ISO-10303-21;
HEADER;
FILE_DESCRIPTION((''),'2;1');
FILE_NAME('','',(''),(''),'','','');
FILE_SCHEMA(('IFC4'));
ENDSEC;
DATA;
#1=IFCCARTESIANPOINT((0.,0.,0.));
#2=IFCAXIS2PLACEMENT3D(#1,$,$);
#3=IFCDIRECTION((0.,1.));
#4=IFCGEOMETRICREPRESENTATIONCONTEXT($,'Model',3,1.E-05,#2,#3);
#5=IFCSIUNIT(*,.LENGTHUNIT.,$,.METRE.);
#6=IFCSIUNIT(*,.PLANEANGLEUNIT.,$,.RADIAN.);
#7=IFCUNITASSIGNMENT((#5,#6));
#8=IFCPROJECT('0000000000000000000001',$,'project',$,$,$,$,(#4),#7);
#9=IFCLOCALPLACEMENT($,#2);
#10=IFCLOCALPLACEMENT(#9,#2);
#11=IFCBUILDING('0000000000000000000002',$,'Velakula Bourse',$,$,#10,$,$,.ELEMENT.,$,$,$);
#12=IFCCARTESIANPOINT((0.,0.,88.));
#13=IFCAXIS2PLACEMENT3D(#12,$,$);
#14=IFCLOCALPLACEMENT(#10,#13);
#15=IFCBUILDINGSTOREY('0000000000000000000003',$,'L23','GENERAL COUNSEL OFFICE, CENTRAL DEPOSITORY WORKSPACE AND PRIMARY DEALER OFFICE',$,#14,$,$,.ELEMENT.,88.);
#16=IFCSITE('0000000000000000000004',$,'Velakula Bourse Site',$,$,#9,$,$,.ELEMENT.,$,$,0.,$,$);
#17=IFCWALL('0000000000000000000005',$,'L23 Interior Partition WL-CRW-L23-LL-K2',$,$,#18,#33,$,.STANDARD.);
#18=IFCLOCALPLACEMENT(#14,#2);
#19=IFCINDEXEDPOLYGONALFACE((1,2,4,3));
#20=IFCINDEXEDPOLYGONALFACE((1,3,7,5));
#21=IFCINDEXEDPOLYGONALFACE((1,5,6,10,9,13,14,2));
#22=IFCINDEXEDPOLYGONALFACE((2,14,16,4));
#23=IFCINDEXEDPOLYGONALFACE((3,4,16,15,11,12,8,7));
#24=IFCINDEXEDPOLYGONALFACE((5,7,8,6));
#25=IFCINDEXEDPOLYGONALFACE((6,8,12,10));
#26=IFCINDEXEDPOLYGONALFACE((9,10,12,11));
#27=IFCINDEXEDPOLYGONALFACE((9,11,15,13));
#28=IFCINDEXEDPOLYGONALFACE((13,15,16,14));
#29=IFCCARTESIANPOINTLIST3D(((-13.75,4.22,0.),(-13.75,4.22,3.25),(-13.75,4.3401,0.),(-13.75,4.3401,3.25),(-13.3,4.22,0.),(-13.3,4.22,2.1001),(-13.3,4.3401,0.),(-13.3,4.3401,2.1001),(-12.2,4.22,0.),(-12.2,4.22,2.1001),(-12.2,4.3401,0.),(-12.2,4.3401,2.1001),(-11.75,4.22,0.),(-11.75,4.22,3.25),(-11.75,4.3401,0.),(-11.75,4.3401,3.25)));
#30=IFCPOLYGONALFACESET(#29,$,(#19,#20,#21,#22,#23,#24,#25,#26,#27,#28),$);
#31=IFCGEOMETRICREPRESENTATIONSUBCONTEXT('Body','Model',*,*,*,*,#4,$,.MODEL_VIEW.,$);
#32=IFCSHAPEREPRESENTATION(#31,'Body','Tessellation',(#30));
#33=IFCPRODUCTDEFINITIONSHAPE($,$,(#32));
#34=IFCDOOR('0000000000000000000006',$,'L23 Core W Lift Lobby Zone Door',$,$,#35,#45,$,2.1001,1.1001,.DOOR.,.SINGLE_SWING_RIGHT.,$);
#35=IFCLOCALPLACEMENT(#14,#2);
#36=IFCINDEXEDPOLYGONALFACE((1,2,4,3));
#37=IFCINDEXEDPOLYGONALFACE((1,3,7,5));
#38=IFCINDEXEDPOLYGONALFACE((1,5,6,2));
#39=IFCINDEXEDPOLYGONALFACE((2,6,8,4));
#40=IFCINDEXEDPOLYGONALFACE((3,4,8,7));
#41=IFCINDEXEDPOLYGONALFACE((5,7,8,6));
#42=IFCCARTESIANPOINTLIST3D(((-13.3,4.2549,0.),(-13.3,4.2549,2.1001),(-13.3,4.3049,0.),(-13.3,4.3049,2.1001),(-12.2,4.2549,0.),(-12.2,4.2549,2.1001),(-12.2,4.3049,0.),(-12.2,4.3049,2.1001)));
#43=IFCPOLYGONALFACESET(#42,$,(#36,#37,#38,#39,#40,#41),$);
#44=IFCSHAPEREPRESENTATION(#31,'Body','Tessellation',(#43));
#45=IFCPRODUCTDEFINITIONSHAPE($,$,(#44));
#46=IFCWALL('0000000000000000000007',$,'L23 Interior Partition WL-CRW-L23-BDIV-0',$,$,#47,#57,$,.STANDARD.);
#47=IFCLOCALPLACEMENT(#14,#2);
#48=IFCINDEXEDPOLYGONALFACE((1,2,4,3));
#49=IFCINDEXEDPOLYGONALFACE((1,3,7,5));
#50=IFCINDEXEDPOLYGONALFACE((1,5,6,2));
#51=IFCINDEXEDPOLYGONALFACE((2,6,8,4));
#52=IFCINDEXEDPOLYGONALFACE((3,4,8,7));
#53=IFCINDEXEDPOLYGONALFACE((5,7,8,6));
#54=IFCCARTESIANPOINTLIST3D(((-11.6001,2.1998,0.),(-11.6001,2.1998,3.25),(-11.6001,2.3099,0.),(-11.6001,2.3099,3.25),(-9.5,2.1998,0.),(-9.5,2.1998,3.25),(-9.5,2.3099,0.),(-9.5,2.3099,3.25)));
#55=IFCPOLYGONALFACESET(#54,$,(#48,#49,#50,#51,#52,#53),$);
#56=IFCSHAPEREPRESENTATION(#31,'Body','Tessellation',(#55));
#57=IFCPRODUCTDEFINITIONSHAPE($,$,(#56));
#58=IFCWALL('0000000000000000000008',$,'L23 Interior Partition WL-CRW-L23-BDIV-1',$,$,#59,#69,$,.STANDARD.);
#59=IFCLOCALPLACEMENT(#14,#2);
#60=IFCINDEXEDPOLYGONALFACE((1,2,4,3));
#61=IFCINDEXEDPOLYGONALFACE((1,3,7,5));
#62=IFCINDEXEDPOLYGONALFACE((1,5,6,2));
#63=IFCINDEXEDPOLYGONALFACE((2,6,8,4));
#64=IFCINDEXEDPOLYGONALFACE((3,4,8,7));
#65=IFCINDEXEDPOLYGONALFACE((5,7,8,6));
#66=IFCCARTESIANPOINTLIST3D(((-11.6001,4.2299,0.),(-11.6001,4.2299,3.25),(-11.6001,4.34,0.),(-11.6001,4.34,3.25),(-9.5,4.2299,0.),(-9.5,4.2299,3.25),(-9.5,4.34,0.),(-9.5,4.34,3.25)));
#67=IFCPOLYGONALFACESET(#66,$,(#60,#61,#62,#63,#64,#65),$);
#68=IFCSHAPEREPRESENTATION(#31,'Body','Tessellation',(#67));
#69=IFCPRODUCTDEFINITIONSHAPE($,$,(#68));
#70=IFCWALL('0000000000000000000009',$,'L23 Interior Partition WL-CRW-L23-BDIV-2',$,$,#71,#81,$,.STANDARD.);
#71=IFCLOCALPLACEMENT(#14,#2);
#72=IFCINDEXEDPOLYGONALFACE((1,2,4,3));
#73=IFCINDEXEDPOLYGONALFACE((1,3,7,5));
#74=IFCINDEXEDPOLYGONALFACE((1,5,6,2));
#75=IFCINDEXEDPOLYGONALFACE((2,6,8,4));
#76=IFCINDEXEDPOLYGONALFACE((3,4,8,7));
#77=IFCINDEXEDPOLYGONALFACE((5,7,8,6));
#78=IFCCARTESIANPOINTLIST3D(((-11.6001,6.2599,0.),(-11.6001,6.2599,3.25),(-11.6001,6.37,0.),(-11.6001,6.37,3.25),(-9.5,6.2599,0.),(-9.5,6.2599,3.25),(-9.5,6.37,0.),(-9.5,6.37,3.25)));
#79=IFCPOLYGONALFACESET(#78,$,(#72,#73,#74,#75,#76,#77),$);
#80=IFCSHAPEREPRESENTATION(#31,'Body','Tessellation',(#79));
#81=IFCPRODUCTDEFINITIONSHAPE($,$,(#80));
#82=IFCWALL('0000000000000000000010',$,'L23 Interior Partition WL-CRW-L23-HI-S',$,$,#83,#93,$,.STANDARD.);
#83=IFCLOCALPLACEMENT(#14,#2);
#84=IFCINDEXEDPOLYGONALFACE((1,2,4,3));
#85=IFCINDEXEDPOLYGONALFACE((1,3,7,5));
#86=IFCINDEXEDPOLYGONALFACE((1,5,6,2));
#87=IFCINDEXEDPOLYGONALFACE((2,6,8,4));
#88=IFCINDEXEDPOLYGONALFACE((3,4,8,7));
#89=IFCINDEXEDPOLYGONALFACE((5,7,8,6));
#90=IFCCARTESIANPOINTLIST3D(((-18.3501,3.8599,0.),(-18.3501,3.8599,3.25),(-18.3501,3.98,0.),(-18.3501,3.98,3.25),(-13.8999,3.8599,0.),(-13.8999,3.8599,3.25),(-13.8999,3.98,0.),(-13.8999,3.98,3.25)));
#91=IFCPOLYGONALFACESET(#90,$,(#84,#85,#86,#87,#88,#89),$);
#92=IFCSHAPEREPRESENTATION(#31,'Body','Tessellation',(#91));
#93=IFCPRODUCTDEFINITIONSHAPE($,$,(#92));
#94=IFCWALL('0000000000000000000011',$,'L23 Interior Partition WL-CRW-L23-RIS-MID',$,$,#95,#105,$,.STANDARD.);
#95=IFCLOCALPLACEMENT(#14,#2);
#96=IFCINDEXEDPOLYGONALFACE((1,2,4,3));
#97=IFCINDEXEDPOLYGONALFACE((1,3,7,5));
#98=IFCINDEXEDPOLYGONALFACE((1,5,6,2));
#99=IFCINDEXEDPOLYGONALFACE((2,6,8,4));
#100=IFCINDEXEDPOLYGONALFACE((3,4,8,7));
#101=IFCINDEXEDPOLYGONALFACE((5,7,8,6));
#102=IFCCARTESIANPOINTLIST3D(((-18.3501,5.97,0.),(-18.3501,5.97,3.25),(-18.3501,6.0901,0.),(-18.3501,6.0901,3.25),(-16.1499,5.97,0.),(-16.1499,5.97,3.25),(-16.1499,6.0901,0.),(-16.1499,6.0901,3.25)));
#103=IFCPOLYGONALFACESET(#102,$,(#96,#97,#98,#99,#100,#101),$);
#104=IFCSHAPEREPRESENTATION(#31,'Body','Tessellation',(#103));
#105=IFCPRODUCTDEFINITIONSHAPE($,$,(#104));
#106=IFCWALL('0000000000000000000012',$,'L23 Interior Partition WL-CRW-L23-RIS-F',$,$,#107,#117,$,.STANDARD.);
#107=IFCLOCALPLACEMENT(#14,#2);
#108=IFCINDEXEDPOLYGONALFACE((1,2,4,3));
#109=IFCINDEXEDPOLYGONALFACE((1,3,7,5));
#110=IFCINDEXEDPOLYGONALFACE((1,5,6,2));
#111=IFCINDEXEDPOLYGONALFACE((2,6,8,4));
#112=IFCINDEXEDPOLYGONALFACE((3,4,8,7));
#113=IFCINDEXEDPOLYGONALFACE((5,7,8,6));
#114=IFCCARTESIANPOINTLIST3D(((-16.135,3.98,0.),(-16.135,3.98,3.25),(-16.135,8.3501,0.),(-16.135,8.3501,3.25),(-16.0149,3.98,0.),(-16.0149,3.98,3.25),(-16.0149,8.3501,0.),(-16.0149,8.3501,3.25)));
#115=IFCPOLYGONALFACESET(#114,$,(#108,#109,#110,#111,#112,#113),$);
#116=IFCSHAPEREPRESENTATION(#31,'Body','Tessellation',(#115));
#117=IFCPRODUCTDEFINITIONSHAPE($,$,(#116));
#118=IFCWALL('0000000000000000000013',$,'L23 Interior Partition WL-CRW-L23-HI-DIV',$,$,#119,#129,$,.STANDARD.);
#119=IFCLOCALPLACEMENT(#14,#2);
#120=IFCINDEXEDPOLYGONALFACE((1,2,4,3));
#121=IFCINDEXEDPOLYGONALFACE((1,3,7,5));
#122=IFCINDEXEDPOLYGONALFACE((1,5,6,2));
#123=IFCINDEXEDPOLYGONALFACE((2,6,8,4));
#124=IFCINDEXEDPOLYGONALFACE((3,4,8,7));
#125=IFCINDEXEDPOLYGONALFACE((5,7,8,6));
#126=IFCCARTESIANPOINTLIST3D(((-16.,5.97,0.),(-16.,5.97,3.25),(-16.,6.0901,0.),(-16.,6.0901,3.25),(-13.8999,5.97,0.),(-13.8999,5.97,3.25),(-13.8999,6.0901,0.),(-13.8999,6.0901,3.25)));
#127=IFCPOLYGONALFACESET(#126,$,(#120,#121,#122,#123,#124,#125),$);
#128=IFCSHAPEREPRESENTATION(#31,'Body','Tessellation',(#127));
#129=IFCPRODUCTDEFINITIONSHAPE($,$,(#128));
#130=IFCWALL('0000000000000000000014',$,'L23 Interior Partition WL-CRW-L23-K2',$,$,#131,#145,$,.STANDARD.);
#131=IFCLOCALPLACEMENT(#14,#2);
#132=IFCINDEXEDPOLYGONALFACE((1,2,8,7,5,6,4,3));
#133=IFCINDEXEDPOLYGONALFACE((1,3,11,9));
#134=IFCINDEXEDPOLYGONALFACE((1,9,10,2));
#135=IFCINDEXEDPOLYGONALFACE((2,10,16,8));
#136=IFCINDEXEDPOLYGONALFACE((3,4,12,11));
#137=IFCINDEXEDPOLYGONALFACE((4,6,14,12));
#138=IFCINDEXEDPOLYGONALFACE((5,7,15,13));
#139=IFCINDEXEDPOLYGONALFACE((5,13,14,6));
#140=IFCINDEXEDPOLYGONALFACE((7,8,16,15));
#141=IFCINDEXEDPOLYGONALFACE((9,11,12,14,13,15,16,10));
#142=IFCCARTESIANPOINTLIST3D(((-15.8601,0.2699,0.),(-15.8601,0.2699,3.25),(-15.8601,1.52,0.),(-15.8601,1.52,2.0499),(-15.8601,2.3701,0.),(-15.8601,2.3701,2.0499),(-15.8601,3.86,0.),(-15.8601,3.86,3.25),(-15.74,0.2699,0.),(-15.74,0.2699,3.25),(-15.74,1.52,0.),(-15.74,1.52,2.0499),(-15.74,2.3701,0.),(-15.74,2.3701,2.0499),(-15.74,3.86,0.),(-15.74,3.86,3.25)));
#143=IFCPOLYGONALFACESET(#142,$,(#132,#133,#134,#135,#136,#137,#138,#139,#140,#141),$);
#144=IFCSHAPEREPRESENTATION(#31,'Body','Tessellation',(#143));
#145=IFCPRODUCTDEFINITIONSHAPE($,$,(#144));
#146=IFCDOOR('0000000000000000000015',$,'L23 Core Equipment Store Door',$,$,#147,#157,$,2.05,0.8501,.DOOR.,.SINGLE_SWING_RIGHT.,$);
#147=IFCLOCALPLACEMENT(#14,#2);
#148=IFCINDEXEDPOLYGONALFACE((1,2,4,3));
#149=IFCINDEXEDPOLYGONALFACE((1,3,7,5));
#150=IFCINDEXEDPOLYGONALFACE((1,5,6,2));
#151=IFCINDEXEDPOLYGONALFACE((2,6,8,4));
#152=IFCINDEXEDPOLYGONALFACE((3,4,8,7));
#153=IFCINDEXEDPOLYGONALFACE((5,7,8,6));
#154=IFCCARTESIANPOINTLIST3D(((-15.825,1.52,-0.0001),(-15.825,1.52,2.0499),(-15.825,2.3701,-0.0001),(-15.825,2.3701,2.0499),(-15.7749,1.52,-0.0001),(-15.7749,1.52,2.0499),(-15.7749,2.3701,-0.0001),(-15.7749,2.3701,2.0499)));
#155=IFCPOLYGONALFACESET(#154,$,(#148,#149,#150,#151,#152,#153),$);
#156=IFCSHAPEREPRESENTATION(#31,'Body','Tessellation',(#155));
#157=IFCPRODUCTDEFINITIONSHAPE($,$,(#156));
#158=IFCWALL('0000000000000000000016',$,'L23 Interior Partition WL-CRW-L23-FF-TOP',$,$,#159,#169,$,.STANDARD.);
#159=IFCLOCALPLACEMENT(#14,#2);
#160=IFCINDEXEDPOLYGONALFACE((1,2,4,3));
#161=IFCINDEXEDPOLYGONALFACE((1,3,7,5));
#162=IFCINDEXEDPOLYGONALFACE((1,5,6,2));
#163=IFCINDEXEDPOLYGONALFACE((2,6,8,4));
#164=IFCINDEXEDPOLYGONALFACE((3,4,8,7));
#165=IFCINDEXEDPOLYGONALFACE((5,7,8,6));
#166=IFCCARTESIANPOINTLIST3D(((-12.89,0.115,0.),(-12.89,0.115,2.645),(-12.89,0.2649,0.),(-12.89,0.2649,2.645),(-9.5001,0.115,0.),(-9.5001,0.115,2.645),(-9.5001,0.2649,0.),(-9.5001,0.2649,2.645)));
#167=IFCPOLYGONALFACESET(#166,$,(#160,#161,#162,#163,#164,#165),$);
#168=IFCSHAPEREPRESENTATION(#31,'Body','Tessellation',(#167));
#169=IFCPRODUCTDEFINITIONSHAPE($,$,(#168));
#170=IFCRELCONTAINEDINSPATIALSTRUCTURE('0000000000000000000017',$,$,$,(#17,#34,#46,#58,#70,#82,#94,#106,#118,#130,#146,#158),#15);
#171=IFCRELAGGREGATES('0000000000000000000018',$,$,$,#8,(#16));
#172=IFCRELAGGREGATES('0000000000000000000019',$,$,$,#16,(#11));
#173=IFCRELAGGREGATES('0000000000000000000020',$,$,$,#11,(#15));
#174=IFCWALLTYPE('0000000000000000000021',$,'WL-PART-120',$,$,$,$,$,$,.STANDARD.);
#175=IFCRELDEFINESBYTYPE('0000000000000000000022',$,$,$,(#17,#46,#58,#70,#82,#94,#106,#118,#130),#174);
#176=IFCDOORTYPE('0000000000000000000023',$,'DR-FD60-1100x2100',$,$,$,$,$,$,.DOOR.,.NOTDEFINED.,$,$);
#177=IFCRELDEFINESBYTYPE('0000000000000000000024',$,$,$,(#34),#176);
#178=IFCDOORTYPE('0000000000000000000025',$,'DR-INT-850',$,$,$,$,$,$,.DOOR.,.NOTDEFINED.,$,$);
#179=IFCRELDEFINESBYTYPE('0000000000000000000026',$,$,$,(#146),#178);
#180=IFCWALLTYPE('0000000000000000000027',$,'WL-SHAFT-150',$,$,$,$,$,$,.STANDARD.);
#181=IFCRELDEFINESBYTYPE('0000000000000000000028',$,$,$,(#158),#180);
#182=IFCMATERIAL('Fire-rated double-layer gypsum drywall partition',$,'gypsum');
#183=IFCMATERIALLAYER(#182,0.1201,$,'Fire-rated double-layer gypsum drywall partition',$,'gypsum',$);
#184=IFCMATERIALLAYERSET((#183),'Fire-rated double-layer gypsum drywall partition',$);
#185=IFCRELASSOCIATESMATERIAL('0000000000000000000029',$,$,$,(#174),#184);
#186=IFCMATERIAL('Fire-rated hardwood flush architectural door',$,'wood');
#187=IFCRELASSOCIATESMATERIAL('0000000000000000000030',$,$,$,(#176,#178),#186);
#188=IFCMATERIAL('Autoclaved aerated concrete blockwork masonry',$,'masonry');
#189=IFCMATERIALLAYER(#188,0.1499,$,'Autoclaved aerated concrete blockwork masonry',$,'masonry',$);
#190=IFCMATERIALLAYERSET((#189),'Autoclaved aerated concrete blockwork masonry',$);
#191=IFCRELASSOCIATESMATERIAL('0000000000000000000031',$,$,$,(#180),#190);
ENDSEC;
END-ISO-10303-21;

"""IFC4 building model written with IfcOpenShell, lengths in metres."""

from ifc_helpers import new_model, si_unit, direction, frame, frame_2d, origin, place, context, subcontext, project, spatial, rectangle, extrude, material, layer, layer_set, type_object, element, fill, save


model = new_model("IFC4")

# Units and contexts
model_context = context("Model", 3, precision=1e-05, world=origin(), true_north=direction((0.0, 1.0)))
body_context = subcontext(model_context, "Body", "Model", "MODEL_VIEW")
ifc_project = project(units=[si_unit("LENGTHUNIT", "METRE"), si_unit("PLANEANGLEUNIT", "RADIAN")], contexts=[model_context])

# Site, building, storey
site_placement = place(None, origin())
site = spatial("IfcSite", under=ifc_project, at=site_placement, Name="Velakula Bourse Site", CompositionType="ELEMENT", RefElevation=0.0)
building_placement = place(site_placement, origin())
building = spatial("IfcBuilding", under=site, at=building_placement, Name="Velakula Bourse", CompositionType="ELEMENT")
storey_placement = place(building_placement, frame((0.0, 0.0, 88.0)))
storey = spatial("IfcBuildingStorey", under=building, at=storey_placement, Name="L23", Description="GENERAL COUNSEL OFFICE, CENTRAL DEPOSITORY WORKSPACE AND PRIMARY DEALER OFFICE", CompositionType="ELEMENT", Elevation=88.0)

# Wall, opening, door
ifc_material_1 = material(Name="Fire-rated double-layer gypsum drywall partition", Category="gypsum")
ifc_layer_1 = layer(ifc_material_1, 0.1201, Name="Fire-rated double-layer gypsum drywall partition", Category="gypsum")
ifc_layer_set_1 = layer_set([ifc_layer_1], Name="Fire-rated double-layer gypsum drywall partition")
wall_type_1 = type_object("IfcWallType", Name="WL-PART-120", PredefinedType="STANDARD", material=ifc_layer_set_1)
wall_1_placement = place(storey_placement, frame((-13.75, 4.28, 0.0), z_axis=(0.0, 0.0, 1.0), x_axis=(1.0, 0.0, 0.0)))
wall_1 = element("IfcWall", 1, at=wall_1_placement, inside=storey, type_object=wall_type_1, Name="L23 Interior Partition WL-CRW-L23-LL-K2", PredefinedType="STANDARD", context=body_context, shape_type="SweptSolid", body=[
    extrude(rectangle(XDim=2.0, YDim=0.1201, at=frame_2d((1.0, 0.0))), origin(), (0.0, 0.0, 1.0), 3.25),
])
opening_1_placement = place(wall_1_placement, frame((0.45, 0.0, 0.0)))
opening_1 = element("IfcOpeningElement", 2, at=opening_1_placement, cuts=wall_1, PredefinedType="OPENING", context=body_context, shape_type="SweptSolid", body=[
    extrude(rectangle(XDim=1.1001, YDim=2.1001, at=frame_2d((0.55, 1.05))), frame((0.0, 0.0701, 0.0), z_axis=(0.0, -1.0, 0.0), x_axis=(1.0, 0.0, 0.0)), (0.0, 0.0, 1.0), 0.1401),
])
ifc_material_2 = material(Name="Fire-rated hardwood flush architectural door", Category="wood")
door_type_1 = type_object("IfcDoorType", Name="DR-FD60-1100x2100", OperationType="NOTDEFINED", PredefinedType="DOOR", material=ifc_material_2)
door_1_placement = place(opening_1_placement, origin())
door_1 = element("IfcDoor", 3, at=door_1_placement, inside=storey, type_object=door_type_1, Name="L23 Core W Lift Lobby Zone Door", OperationType="SINGLE_SWING_RIGHT", OverallHeight=2.1001, OverallWidth=1.1001, PredefinedType="DOOR", context=body_context, shape_type="SweptSolid", body=[
    extrude(rectangle(XDim=1.1001, YDim=2.1001, at=frame_2d((0.55, 1.05))), frame((0.0, 0.0249, 0.0), z_axis=(0.0, -1.0, 0.0), x_axis=(1.0, 0.0, 0.0)), (0.0, 0.0, 1.0), 0.05),
])
fill(opening_1, door_1)

# Walls
for number, where, z_axis, x_axis, name in (
    (4, (-11.6001, 2.2549, 0.0), (0.0, 0.0, 1.0), (1.0, 0.0, 0.0), "L23 Interior Partition WL-CRW-L23-BDIV-0"),
    (5, (-11.6001, 4.2849, 0.0), (0.0, 0.0, 1.0), (1.0, 0.0, 0.0), "L23 Interior Partition WL-CRW-L23-BDIV-1"),
    (6, (-11.6001, 6.3149, 0.0), (0.0, 0.0, 1.0), (1.0, 0.0, 0.0), "L23 Interior Partition WL-CRW-L23-BDIV-2"),
):
    element("IfcWall", number, at=place(storey_placement, frame(where, z_axis=z_axis, x_axis=x_axis)), inside=storey, type_object=wall_type_1, Name=name, PredefinedType="STANDARD", context=body_context, shape_type="SweptSolid", body=[
        extrude(rectangle(XDim=2.1001, YDim=0.1101, at=frame_2d((1.05, 0.0))), origin(), (0.0, 0.0, 1.0), 3.25),
    ])
wall_2_placement = place(storey_placement, frame((-18.3501, 3.9199, 0.0), z_axis=(0.0, 0.0, 1.0), x_axis=(1.0, 0.0, 0.0)))
element("IfcWall", 7, at=wall_2_placement, inside=storey, type_object=wall_type_1, Name="L23 Interior Partition WL-CRW-L23-HI-S", PredefinedType="STANDARD", context=body_context, shape_type="SweptSolid", body=[
    extrude(rectangle(XDim=4.4502, YDim=0.1201, at=frame_2d((2.2251, 0.0))), origin(), (0.0, 0.0, 1.0), 3.25),
])
wall_3_placement = place(storey_placement, frame((-18.3501, 6.03, 0.0), z_axis=(0.0, 0.0, 1.0), x_axis=(1.0, 0.0, 0.0)))
element("IfcWall", 8, at=wall_3_placement, inside=storey, type_object=wall_type_1, Name="L23 Interior Partition WL-CRW-L23-RIS-MID", PredefinedType="STANDARD", context=body_context, shape_type="SweptSolid", body=[
    extrude(rectangle(XDim=2.2002, YDim=0.1201, at=frame_2d((1.1001, 0.0))), origin(), (0.0, 0.0, 1.0), 3.25),
])
wall_4_placement = place(storey_placement, frame((-16.075, 3.98, 0.0), z_axis=(0.0, 0.0, 1.0), x_axis=(0.0, 1.0, 0.0)))
element("IfcWall", 9, at=wall_4_placement, inside=storey, type_object=wall_type_1, Name="L23 Interior Partition WL-CRW-L23-RIS-F", PredefinedType="STANDARD", context=body_context, shape_type="SweptSolid", body=[
    extrude(rectangle(XDim=4.3701, YDim=0.1201, at=frame_2d((2.1851, 0.0))), origin(), (0.0, 0.0, 1.0), 3.25),
])
wall_5_placement = place(storey_placement, frame((-16.0, 6.03, 0.0), z_axis=(0.0, 0.0, 1.0), x_axis=(1.0, 0.0, 0.0)))
element("IfcWall", 10, at=wall_5_placement, inside=storey, type_object=wall_type_1, Name="L23 Interior Partition WL-CRW-L23-HI-DIV", PredefinedType="STANDARD", context=body_context, shape_type="SweptSolid", body=[
    extrude(rectangle(XDim=2.1001, YDim=0.1201, at=frame_2d((1.05, 0.0))), origin(), (0.0, 0.0, 1.0), 3.25),
])

# Wall, opening, door
wall_6_placement = place(storey_placement, frame((-15.8, 0.27, 0.0), z_axis=(0.0, 0.0, 1.0), x_axis=(0.0, 1.0, 0.0)))
wall_6 = element("IfcWall", 11, at=wall_6_placement, inside=storey, type_object=wall_type_1, Name="L23 Interior Partition WL-CRW-L23-K2", PredefinedType="STANDARD", context=body_context, shape_type="SweptSolid", body=[
    extrude(rectangle(XDim=3.5901, YDim=0.1201, at=frame_2d((1.7949, 0.0))), origin(), (0.0, 0.0, 1.0), 3.25),
])
opening_2_placement = place(wall_6_placement, frame((1.25, 0.0, 0.0)))
opening_2 = element("IfcOpeningElement", 12, at=opening_2_placement, cuts=wall_6, PredefinedType="OPENING", context=body_context, shape_type="SweptSolid", body=[
    extrude(rectangle(XDim=0.8501, YDim=2.05, at=frame_2d((0.425, 1.0249))), frame((0.0, 0.0701, 0.0), z_axis=(0.0, -1.0, 0.0), x_axis=(1.0, 0.0, 0.0)), (0.0, 0.0, 1.0), 0.1401),
])
door_type_2 = type_object("IfcDoorType", Name="DR-INT-850", OperationType="NOTDEFINED", PredefinedType="DOOR", material=ifc_material_2)
door_2_placement = place(opening_2_placement, origin())
door_2 = element("IfcDoor", 13, at=door_2_placement, inside=storey, type_object=door_type_2, Name="L23 Core Equipment Store Door", OperationType="SINGLE_SWING_RIGHT", OverallHeight=2.05, OverallWidth=0.8501, PredefinedType="DOOR", context=body_context, shape_type="SweptSolid", body=[
    extrude(rectangle(XDim=0.8501, YDim=2.05, at=frame_2d((0.425, 1.0249))), frame((0.0, 0.0249, 0.0), z_axis=(0.0, -1.0, 0.0), x_axis=(1.0, 0.0, 0.0)), (0.0, 0.0, 1.0), 0.05),
])
fill(opening_2, door_2)

# Wall
ifc_material_3 = material(Name="Autoclaved aerated concrete blockwork masonry", Category="masonry")
ifc_layer_2 = layer(ifc_material_3, 0.1499, Name="Autoclaved aerated concrete blockwork masonry", Category="masonry")
ifc_layer_set_2 = layer_set([ifc_layer_2], Name="Autoclaved aerated concrete blockwork masonry")
wall_type_2 = type_object("IfcWallType", Name="WL-SHAFT-150", PredefinedType="STANDARD", material=ifc_layer_set_2)
wall_7_placement = place(storey_placement, frame((-12.8899, 0.1899, 0.0), z_axis=(0.0, 0.0, 1.0), x_axis=(1.0, 0.0, 0.0)))
element("IfcWall", 14, at=wall_7_placement, inside=storey, type_object=wall_type_2, Name="L23 Interior Partition WL-CRW-L23-FF-TOP", PredefinedType="STANDARD", context=body_context, shape_type="SweptSolid", body=[
    extrude(rectangle(XDim=3.3899, YDim=0.1499, at=frame_2d((1.6948, 0.0))), origin(), (0.0, 0.0, 1.0), 2.645),
])

save(model, "model.ifc")
